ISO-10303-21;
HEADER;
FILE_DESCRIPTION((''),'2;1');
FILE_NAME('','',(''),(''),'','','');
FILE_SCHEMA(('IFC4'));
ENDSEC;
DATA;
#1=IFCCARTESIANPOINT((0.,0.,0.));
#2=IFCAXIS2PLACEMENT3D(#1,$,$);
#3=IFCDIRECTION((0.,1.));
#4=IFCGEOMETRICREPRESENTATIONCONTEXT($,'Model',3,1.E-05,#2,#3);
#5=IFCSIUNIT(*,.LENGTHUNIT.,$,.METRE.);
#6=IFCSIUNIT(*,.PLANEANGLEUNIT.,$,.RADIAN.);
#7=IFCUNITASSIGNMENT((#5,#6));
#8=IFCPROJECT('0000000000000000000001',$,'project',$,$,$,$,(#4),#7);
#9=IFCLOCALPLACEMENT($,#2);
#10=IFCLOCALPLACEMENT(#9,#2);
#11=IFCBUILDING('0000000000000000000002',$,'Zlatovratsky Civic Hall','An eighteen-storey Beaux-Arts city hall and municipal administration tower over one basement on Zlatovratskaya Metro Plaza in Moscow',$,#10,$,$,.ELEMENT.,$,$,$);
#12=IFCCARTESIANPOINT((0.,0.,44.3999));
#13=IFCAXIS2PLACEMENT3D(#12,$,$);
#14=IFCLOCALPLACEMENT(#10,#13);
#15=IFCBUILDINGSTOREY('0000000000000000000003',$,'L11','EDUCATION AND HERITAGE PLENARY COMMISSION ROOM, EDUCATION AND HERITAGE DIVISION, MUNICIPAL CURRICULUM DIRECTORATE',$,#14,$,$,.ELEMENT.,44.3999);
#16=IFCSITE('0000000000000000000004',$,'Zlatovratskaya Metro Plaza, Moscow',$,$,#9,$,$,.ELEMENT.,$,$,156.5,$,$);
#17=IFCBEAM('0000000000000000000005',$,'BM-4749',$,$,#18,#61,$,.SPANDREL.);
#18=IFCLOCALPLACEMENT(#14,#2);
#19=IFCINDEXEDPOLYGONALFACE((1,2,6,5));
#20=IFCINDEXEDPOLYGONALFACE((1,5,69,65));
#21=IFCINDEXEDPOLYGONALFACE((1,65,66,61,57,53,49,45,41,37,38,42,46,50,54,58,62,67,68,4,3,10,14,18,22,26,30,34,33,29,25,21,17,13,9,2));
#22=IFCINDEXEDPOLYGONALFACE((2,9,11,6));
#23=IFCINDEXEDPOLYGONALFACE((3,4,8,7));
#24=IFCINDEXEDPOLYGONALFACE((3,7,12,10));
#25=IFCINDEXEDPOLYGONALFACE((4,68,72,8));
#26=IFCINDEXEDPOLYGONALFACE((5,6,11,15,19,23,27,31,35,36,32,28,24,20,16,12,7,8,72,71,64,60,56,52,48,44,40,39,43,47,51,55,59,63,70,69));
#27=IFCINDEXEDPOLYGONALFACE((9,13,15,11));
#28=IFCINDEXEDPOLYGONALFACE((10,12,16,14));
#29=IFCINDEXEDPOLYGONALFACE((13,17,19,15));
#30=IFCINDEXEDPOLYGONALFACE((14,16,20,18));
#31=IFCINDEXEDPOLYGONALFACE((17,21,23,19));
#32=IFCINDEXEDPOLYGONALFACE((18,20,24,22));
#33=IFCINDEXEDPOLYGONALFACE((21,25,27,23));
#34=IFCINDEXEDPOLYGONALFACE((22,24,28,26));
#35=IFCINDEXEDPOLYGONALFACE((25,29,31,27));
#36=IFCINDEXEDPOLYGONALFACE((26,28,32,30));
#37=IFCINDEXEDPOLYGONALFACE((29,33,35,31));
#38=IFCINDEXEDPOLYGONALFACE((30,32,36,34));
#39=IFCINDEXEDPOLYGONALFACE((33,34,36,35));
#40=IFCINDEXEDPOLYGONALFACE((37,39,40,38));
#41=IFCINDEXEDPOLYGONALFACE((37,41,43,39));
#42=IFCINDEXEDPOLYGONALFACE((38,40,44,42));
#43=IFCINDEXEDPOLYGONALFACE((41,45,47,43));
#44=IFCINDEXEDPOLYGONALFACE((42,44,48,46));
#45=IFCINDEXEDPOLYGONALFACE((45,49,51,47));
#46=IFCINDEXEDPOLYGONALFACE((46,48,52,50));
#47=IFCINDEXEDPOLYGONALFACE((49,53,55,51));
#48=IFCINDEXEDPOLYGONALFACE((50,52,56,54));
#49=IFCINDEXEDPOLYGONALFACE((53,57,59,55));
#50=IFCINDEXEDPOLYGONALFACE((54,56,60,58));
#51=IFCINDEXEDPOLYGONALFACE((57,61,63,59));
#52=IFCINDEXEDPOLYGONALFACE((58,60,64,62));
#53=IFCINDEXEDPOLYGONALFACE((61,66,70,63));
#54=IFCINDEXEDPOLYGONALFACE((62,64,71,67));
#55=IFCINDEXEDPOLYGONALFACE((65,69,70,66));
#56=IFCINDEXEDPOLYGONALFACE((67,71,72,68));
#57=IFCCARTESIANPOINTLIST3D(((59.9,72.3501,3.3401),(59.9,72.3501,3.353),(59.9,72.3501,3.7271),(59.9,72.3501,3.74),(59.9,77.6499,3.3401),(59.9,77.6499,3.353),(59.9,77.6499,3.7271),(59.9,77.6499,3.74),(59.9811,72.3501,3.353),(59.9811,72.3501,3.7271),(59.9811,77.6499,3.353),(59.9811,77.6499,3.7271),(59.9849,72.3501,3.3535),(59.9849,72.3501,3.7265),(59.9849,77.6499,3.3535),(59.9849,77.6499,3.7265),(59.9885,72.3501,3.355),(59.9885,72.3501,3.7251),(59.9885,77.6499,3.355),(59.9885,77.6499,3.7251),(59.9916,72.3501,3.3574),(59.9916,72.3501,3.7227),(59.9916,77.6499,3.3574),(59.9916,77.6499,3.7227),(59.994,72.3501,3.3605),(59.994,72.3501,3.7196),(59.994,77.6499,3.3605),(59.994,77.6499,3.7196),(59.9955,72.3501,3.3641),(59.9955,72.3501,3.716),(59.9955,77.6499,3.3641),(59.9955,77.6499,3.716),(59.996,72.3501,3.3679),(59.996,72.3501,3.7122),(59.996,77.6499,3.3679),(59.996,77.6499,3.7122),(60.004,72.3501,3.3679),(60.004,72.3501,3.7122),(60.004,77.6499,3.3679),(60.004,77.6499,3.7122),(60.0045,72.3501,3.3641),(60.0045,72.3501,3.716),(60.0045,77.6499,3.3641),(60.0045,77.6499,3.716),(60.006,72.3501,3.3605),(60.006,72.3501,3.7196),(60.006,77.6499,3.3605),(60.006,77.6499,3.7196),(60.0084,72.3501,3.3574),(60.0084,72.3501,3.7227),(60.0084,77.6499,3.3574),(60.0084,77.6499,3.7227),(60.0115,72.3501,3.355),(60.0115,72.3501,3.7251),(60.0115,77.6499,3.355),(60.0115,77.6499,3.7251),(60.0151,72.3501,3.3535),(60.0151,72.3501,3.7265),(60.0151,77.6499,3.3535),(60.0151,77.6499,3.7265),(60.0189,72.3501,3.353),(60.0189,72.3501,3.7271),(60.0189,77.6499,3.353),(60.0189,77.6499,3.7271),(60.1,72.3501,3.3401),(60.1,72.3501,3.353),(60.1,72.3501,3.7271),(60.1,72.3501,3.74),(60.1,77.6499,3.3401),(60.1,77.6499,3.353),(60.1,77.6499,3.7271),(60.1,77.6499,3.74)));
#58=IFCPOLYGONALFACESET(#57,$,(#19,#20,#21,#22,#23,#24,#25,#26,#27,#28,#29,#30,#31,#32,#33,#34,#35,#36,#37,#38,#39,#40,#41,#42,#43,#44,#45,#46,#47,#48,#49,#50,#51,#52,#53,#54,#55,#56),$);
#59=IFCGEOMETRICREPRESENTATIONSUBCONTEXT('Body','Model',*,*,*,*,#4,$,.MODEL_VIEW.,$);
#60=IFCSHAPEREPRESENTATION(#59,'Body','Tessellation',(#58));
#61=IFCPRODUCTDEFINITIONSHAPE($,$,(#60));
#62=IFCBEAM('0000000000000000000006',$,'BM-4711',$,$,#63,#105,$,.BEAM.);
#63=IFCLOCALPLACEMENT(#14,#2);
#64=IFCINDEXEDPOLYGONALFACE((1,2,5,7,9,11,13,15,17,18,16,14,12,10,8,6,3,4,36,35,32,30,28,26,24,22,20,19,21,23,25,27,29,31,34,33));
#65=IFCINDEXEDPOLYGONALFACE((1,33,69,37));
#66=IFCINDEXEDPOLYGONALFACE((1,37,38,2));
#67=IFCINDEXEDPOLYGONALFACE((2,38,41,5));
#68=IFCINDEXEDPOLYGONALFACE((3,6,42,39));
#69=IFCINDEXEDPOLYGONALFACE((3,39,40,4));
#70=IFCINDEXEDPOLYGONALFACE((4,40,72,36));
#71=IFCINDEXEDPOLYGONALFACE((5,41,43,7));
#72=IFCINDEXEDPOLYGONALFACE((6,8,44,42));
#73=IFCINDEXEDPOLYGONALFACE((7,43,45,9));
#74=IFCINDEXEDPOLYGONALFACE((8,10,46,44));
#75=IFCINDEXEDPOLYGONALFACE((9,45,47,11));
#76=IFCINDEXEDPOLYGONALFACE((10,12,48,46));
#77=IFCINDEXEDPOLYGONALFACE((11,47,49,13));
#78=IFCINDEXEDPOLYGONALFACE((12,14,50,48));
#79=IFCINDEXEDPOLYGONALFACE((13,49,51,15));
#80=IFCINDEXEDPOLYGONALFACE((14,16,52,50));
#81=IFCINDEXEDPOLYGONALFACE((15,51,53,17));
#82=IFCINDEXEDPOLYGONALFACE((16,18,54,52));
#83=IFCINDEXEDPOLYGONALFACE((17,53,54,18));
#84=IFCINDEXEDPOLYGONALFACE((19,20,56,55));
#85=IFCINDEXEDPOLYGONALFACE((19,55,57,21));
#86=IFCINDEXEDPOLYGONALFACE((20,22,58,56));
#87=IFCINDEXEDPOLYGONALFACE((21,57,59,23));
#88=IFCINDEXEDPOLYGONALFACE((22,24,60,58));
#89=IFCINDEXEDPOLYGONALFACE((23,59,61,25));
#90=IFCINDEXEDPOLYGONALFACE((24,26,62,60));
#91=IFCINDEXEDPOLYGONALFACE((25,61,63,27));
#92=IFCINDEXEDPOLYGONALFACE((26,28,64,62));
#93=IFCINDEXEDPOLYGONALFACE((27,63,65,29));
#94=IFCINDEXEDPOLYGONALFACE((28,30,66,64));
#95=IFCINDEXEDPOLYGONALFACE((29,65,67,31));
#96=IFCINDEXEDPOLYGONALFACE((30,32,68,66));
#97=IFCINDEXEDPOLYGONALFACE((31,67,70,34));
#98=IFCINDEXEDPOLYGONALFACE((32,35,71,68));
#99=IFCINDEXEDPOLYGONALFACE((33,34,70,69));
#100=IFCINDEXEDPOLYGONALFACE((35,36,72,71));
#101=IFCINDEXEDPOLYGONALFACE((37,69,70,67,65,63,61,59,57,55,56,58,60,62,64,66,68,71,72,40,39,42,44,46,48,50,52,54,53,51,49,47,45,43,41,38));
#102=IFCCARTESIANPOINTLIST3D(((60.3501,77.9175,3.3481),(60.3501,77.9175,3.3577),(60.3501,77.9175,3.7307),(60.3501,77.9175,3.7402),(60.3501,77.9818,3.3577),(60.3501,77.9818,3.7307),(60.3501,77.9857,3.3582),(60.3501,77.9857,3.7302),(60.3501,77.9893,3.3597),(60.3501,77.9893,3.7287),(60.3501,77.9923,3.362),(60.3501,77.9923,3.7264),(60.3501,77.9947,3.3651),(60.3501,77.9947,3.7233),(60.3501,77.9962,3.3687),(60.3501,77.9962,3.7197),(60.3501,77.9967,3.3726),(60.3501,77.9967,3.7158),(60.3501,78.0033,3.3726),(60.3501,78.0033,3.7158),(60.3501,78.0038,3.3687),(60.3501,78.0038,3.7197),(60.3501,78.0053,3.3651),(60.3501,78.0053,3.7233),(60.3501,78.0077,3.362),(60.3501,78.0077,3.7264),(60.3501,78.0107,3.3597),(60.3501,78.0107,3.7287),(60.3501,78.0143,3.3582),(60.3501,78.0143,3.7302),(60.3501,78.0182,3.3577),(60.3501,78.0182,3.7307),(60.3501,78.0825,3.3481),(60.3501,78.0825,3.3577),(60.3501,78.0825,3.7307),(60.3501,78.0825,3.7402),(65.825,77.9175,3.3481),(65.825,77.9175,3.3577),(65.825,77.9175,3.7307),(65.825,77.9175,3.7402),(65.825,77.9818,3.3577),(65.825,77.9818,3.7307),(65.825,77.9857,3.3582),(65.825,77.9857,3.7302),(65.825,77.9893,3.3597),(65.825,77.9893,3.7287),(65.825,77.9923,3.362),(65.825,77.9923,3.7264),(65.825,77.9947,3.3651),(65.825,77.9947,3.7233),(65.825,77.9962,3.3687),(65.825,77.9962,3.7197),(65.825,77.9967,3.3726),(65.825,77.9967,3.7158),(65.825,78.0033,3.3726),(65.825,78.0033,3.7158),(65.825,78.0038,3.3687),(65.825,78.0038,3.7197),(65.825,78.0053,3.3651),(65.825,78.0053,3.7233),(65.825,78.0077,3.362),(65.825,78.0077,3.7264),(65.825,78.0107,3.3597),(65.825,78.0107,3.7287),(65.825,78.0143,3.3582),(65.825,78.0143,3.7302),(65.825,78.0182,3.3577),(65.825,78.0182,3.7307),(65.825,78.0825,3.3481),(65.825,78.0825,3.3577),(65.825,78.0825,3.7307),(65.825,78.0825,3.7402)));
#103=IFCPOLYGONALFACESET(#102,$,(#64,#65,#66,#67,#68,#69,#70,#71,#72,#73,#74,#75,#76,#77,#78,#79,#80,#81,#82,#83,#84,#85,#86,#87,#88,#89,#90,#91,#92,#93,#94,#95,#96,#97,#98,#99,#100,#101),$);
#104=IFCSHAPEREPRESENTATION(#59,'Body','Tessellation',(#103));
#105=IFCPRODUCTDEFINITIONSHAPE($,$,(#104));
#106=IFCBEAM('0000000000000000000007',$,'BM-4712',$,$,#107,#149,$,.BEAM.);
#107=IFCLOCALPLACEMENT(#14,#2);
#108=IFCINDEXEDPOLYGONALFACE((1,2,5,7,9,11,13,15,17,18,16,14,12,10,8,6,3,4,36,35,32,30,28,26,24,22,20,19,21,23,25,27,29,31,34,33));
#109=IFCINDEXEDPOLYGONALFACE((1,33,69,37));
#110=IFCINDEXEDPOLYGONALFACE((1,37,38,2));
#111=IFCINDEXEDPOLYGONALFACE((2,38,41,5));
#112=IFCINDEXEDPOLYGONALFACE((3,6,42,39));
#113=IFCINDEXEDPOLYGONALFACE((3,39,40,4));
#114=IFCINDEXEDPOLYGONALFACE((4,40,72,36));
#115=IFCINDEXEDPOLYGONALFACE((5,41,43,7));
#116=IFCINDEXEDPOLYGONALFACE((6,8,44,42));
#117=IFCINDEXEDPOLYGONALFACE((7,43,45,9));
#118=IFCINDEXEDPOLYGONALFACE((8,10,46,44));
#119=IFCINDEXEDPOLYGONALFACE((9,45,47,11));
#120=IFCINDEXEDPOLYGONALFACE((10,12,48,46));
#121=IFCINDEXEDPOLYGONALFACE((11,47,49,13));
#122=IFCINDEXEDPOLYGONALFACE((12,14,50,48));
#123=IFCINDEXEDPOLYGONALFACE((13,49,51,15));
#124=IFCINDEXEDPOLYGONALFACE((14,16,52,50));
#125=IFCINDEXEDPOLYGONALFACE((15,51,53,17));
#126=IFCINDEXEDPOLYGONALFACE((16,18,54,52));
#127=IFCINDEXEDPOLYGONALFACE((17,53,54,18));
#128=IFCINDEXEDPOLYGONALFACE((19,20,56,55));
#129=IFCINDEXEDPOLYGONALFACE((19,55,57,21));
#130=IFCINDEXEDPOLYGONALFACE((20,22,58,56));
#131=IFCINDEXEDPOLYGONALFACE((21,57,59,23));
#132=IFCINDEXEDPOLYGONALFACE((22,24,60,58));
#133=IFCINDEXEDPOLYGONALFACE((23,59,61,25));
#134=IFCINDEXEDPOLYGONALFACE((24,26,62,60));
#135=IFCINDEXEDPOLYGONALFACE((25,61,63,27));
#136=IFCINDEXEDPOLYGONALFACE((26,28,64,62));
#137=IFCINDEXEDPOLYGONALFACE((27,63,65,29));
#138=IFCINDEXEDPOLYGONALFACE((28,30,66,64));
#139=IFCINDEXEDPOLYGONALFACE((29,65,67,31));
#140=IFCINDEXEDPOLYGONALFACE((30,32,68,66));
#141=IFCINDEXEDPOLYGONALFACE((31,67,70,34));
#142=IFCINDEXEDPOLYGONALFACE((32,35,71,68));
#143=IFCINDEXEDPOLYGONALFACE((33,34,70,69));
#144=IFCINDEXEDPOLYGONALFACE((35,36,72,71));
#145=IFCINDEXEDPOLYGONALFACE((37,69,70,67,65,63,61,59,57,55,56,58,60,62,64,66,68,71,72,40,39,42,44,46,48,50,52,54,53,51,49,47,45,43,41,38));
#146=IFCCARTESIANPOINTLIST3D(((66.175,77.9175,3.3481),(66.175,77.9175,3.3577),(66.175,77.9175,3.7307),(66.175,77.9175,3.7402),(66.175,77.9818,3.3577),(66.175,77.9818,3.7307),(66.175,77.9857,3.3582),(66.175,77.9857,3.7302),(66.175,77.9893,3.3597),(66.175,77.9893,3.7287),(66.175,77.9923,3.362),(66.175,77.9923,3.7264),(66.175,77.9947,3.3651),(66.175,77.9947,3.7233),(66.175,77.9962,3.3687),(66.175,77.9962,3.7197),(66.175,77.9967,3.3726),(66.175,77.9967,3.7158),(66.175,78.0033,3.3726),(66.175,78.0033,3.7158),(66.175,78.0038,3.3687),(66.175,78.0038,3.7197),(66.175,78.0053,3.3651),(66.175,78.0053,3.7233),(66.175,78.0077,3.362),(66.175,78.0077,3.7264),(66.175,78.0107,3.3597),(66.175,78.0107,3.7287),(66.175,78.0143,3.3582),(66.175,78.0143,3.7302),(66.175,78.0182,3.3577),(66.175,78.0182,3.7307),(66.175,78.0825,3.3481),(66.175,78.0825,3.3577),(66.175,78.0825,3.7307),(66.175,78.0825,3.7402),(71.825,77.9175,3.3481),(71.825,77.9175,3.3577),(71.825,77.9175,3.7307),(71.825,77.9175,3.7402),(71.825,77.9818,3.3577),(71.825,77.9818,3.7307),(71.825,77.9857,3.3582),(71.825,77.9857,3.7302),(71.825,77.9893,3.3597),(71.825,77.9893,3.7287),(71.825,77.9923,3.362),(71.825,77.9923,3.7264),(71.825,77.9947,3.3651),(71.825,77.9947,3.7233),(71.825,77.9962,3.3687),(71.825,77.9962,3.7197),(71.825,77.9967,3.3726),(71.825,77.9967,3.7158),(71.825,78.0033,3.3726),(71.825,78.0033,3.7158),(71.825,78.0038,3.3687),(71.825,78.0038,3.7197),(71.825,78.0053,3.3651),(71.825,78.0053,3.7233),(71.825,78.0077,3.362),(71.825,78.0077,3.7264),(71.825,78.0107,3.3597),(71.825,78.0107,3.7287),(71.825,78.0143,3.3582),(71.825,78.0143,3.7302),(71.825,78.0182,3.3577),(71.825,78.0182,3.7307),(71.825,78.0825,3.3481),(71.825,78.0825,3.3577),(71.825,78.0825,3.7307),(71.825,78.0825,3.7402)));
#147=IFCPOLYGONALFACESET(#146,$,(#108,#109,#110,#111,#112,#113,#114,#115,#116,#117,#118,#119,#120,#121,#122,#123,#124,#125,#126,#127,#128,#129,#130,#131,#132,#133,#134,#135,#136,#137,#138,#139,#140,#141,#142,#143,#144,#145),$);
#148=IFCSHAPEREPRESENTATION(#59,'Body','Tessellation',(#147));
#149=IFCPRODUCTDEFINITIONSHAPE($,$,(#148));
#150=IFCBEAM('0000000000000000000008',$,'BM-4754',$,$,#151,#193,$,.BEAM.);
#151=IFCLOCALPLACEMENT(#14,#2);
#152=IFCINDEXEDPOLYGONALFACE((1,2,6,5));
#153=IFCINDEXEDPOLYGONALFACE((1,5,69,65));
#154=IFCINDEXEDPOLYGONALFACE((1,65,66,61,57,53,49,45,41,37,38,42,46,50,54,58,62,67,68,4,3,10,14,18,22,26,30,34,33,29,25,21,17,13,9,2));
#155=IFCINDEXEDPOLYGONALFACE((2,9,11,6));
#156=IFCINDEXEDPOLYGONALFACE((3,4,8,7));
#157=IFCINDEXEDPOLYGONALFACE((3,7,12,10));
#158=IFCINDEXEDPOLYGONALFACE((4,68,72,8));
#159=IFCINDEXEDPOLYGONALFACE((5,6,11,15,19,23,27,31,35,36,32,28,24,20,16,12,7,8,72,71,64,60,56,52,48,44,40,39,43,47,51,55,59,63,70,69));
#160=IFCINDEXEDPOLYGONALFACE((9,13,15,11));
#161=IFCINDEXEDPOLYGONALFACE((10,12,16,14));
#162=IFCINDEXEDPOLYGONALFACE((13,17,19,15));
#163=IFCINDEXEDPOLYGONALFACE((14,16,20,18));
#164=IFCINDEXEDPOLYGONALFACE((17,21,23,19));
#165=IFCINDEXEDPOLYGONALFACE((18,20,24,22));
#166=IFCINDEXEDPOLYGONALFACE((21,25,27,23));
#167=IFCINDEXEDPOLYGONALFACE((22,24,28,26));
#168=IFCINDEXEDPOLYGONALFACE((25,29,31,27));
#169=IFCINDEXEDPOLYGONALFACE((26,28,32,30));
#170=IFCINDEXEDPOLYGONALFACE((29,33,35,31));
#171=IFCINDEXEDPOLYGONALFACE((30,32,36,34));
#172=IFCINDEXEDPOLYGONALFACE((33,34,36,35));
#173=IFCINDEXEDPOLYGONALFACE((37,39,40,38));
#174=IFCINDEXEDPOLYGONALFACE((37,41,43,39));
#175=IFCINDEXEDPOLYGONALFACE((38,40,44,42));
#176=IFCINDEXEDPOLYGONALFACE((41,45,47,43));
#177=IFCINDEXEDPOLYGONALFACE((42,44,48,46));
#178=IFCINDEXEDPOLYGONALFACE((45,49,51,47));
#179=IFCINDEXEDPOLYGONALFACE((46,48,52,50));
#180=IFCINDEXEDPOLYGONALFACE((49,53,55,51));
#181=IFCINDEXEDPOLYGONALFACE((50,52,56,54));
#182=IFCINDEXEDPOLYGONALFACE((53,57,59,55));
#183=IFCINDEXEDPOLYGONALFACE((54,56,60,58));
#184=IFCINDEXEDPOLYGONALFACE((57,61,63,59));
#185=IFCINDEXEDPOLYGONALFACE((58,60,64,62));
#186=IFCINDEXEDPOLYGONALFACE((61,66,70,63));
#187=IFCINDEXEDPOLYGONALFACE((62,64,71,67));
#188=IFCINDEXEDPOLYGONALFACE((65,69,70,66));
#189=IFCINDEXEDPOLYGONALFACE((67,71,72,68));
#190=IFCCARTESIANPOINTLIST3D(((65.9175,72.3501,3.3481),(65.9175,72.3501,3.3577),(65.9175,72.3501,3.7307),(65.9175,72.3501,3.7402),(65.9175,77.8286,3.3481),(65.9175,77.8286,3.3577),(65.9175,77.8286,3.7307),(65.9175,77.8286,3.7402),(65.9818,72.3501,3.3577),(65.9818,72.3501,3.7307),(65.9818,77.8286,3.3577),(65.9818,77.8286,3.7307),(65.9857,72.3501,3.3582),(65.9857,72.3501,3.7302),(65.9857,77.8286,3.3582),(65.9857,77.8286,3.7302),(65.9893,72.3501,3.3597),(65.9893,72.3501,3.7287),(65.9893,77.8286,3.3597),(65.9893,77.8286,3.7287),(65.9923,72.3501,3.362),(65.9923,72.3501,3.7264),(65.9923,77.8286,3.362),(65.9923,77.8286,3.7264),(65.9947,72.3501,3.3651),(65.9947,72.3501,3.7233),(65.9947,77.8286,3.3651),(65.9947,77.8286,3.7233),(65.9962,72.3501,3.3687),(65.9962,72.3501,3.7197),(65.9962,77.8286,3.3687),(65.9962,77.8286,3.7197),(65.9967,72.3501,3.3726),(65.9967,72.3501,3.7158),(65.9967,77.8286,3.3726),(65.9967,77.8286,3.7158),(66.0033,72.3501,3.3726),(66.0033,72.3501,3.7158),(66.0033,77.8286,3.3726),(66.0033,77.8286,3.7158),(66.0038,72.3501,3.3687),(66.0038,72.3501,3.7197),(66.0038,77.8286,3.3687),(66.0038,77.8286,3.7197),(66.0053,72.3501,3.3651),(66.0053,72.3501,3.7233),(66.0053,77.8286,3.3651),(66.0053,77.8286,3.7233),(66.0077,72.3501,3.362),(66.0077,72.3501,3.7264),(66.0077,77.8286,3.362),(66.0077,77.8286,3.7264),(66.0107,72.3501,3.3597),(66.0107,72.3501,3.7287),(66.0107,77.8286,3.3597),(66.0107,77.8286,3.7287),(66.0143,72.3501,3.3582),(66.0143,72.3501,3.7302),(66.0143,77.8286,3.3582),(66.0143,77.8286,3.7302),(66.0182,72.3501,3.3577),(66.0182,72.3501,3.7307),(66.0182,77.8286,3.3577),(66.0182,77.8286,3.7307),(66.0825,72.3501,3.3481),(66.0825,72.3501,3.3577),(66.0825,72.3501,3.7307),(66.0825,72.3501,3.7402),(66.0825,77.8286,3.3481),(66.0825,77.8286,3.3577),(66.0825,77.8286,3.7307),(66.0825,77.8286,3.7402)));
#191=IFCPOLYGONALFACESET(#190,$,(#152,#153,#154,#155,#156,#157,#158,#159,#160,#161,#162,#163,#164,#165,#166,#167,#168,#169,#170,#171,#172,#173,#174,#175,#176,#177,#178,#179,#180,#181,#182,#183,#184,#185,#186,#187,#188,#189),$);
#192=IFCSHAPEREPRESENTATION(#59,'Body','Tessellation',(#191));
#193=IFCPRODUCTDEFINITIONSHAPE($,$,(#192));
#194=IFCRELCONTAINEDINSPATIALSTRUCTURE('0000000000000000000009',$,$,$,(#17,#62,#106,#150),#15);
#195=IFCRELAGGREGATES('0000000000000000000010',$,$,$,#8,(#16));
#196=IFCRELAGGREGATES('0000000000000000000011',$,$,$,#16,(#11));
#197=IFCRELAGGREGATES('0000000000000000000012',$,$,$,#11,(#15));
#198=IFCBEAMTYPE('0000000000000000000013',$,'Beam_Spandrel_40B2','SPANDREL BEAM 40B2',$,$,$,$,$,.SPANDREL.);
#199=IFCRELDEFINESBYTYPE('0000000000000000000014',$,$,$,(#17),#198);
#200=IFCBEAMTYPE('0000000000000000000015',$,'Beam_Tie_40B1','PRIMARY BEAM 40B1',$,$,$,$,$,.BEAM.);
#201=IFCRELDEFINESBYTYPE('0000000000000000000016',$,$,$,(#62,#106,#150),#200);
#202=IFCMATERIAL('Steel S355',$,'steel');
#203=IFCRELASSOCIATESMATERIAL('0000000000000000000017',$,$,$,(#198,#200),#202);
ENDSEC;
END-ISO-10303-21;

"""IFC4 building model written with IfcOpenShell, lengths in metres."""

from ifc_helpers import new_model, si_unit, direction, frame, origin, origin_2d, place, context, subcontext, project, spatial, i_section, extrude, material, material_profile, profile_set, type_object, element, save


model = new_model("IFC4")

# Units and contexts
model_context = context("Model", 3, precision=1e-05, world=origin(), true_north=direction((0.0, 1.0)))
body_context = subcontext(model_context, "Body", "Model", "MODEL_VIEW")
ifc_project = project(units=[si_unit("LENGTHUNIT", "METRE"), si_unit("PLANEANGLEUNIT", "RADIAN")], contexts=[model_context])

# Site, building, storey
site_placement = place(None, origin())
site = spatial("IfcSite", under=ifc_project, at=site_placement, Name="Zlatovratskaya Metro Plaza, Moscow", CompositionType="ELEMENT", RefElevation=156.5)
building_placement = place(site_placement, origin())
building = spatial("IfcBuilding", under=site, at=building_placement, Name="Zlatovratsky Civic Hall", Description="An eighteen-storey Beaux-Arts city hall and municipal administration tower over one basement on Zlatovratskaya Metro Plaza in Moscow", CompositionType="ELEMENT")
storey_placement = place(building_placement, frame((0.0, 0.0, 44.3999)))
storey = spatial("IfcBuildingStorey", under=building, at=storey_placement, Name="L11", Description="EDUCATION AND HERITAGE PLENARY COMMISSION ROOM, EDUCATION AND HERITAGE DIVISION, MUNICIPAL CURRICULUM DIRECTORATE", CompositionType="ELEMENT", Elevation=44.3999)

# Shared definitions
ifc_material_1 = material(Name="Steel S355", Category="steel")

# Beams
ifc_material_profile_1 = material_profile(ifc_material_1, i_section(OverallWidth=0.2, OverallDepth=0.3999, WebThickness=0.0081, FlangeThickness=0.0129, FilletRadius=0.0149, at=origin_2d()), Name="40B2")
ifc_profile_set_1 = profile_set([ifc_material_profile_1], Name="Steel S355")
beam_type_1 = type_object("IfcBeamType", Name="Beam_Spandrel_40B2", Description="SPANDREL BEAM 40B2", PredefinedType="SPANDREL", material=ifc_profile_set_1)
for number, where, z_axis, x_axis, name in (
    (1, (60.0, 72.3501, 3.54), (0.0, 1.0, 0.0), (-1.0, 0.0, 0.0), "BM-4749"),
):
    element("IfcBeam", number, at=place(storey_placement, frame(where, z_axis=z_axis, x_axis=x_axis)), inside=storey, type_object=beam_type_1, Name=name, PredefinedType="SPANDREL", context=body_context, shape_type="SweptSolid", body=[
        extrude(i_section(OverallWidth=0.2, OverallDepth=0.3999, WebThickness=0.0081, FlangeThickness=0.0129, FilletRadius=0.0149, at=origin_2d()), origin(), (0.0, 0.0, 1.0), 5.2998),
    ])
ifc_material_profile_2 = material_profile(ifc_material_1, i_section(OverallWidth=0.165, OverallDepth=0.3921, WebThickness=0.0066, FlangeThickness=0.0095, FilletRadius=0.0149, at=origin_2d()), Name="40B1")
ifc_profile_set_2 = profile_set([ifc_material_profile_2], Name="Steel S355")
beam_type_2 = type_object("IfcBeamType", Name="Beam_Tie_40B1", Description="PRIMARY BEAM 40B1", PredefinedType="BEAM", material=ifc_profile_set_2)
beam_1_placement = place(storey_placement, frame((60.3501, 78.0, 3.5442), z_axis=(1.0, 0.0, 0.0), x_axis=(0.0, 1.0, 0.0)))
element("IfcBeam", 2, at=beam_1_placement, inside=storey, type_object=beam_type_2, Name="BM-4711", PredefinedType="BEAM", context=body_context, shape_type="SweptSolid", body=[
    extrude(i_section(OverallWidth=0.165, OverallDepth=0.3921, WebThickness=0.0066, FlangeThickness=0.0095, FilletRadius=0.0149, at=origin_2d()), origin(), (0.0, 0.0, 1.0), 5.4749),
])
beam_2_placement = place(storey_placement, frame((66.175, 78.0, 3.5442), z_axis=(1.0, 0.0, 0.0), x_axis=(0.0, 1.0, 0.0)))
element("IfcBeam", 3, at=beam_2_placement, inside=storey, type_object=beam_type_2, Name="BM-4712", PredefinedType="BEAM", context=body_context, shape_type="SweptSolid", body=[
    extrude(i_section(OverallWidth=0.165, OverallDepth=0.3921, WebThickness=0.0066, FlangeThickness=0.0095, FilletRadius=0.0149, at=origin_2d()), origin(), (0.0, 0.0, 1.0), 5.6499),
])
beam_3_placement = place(storey_placement, frame((66.0, 72.3501, 3.5442), z_axis=(0.0, 1.0, 0.0), x_axis=(-1.0, 0.0, 0.0)))
element("IfcBeam", 4, at=beam_3_placement, inside=storey, type_object=beam_type_2, Name="BM-4754", PredefinedType="BEAM", context=body_context, shape_type="SweptSolid", body=[
    extrude(i_section(OverallWidth=0.165, OverallDepth=0.3921, WebThickness=0.0066, FlangeThickness=0.0095, FilletRadius=0.0149, at=origin_2d()), origin(), (0.0, 0.0, 1.0), 5.4785),
])

save(model, "model.ifc")
